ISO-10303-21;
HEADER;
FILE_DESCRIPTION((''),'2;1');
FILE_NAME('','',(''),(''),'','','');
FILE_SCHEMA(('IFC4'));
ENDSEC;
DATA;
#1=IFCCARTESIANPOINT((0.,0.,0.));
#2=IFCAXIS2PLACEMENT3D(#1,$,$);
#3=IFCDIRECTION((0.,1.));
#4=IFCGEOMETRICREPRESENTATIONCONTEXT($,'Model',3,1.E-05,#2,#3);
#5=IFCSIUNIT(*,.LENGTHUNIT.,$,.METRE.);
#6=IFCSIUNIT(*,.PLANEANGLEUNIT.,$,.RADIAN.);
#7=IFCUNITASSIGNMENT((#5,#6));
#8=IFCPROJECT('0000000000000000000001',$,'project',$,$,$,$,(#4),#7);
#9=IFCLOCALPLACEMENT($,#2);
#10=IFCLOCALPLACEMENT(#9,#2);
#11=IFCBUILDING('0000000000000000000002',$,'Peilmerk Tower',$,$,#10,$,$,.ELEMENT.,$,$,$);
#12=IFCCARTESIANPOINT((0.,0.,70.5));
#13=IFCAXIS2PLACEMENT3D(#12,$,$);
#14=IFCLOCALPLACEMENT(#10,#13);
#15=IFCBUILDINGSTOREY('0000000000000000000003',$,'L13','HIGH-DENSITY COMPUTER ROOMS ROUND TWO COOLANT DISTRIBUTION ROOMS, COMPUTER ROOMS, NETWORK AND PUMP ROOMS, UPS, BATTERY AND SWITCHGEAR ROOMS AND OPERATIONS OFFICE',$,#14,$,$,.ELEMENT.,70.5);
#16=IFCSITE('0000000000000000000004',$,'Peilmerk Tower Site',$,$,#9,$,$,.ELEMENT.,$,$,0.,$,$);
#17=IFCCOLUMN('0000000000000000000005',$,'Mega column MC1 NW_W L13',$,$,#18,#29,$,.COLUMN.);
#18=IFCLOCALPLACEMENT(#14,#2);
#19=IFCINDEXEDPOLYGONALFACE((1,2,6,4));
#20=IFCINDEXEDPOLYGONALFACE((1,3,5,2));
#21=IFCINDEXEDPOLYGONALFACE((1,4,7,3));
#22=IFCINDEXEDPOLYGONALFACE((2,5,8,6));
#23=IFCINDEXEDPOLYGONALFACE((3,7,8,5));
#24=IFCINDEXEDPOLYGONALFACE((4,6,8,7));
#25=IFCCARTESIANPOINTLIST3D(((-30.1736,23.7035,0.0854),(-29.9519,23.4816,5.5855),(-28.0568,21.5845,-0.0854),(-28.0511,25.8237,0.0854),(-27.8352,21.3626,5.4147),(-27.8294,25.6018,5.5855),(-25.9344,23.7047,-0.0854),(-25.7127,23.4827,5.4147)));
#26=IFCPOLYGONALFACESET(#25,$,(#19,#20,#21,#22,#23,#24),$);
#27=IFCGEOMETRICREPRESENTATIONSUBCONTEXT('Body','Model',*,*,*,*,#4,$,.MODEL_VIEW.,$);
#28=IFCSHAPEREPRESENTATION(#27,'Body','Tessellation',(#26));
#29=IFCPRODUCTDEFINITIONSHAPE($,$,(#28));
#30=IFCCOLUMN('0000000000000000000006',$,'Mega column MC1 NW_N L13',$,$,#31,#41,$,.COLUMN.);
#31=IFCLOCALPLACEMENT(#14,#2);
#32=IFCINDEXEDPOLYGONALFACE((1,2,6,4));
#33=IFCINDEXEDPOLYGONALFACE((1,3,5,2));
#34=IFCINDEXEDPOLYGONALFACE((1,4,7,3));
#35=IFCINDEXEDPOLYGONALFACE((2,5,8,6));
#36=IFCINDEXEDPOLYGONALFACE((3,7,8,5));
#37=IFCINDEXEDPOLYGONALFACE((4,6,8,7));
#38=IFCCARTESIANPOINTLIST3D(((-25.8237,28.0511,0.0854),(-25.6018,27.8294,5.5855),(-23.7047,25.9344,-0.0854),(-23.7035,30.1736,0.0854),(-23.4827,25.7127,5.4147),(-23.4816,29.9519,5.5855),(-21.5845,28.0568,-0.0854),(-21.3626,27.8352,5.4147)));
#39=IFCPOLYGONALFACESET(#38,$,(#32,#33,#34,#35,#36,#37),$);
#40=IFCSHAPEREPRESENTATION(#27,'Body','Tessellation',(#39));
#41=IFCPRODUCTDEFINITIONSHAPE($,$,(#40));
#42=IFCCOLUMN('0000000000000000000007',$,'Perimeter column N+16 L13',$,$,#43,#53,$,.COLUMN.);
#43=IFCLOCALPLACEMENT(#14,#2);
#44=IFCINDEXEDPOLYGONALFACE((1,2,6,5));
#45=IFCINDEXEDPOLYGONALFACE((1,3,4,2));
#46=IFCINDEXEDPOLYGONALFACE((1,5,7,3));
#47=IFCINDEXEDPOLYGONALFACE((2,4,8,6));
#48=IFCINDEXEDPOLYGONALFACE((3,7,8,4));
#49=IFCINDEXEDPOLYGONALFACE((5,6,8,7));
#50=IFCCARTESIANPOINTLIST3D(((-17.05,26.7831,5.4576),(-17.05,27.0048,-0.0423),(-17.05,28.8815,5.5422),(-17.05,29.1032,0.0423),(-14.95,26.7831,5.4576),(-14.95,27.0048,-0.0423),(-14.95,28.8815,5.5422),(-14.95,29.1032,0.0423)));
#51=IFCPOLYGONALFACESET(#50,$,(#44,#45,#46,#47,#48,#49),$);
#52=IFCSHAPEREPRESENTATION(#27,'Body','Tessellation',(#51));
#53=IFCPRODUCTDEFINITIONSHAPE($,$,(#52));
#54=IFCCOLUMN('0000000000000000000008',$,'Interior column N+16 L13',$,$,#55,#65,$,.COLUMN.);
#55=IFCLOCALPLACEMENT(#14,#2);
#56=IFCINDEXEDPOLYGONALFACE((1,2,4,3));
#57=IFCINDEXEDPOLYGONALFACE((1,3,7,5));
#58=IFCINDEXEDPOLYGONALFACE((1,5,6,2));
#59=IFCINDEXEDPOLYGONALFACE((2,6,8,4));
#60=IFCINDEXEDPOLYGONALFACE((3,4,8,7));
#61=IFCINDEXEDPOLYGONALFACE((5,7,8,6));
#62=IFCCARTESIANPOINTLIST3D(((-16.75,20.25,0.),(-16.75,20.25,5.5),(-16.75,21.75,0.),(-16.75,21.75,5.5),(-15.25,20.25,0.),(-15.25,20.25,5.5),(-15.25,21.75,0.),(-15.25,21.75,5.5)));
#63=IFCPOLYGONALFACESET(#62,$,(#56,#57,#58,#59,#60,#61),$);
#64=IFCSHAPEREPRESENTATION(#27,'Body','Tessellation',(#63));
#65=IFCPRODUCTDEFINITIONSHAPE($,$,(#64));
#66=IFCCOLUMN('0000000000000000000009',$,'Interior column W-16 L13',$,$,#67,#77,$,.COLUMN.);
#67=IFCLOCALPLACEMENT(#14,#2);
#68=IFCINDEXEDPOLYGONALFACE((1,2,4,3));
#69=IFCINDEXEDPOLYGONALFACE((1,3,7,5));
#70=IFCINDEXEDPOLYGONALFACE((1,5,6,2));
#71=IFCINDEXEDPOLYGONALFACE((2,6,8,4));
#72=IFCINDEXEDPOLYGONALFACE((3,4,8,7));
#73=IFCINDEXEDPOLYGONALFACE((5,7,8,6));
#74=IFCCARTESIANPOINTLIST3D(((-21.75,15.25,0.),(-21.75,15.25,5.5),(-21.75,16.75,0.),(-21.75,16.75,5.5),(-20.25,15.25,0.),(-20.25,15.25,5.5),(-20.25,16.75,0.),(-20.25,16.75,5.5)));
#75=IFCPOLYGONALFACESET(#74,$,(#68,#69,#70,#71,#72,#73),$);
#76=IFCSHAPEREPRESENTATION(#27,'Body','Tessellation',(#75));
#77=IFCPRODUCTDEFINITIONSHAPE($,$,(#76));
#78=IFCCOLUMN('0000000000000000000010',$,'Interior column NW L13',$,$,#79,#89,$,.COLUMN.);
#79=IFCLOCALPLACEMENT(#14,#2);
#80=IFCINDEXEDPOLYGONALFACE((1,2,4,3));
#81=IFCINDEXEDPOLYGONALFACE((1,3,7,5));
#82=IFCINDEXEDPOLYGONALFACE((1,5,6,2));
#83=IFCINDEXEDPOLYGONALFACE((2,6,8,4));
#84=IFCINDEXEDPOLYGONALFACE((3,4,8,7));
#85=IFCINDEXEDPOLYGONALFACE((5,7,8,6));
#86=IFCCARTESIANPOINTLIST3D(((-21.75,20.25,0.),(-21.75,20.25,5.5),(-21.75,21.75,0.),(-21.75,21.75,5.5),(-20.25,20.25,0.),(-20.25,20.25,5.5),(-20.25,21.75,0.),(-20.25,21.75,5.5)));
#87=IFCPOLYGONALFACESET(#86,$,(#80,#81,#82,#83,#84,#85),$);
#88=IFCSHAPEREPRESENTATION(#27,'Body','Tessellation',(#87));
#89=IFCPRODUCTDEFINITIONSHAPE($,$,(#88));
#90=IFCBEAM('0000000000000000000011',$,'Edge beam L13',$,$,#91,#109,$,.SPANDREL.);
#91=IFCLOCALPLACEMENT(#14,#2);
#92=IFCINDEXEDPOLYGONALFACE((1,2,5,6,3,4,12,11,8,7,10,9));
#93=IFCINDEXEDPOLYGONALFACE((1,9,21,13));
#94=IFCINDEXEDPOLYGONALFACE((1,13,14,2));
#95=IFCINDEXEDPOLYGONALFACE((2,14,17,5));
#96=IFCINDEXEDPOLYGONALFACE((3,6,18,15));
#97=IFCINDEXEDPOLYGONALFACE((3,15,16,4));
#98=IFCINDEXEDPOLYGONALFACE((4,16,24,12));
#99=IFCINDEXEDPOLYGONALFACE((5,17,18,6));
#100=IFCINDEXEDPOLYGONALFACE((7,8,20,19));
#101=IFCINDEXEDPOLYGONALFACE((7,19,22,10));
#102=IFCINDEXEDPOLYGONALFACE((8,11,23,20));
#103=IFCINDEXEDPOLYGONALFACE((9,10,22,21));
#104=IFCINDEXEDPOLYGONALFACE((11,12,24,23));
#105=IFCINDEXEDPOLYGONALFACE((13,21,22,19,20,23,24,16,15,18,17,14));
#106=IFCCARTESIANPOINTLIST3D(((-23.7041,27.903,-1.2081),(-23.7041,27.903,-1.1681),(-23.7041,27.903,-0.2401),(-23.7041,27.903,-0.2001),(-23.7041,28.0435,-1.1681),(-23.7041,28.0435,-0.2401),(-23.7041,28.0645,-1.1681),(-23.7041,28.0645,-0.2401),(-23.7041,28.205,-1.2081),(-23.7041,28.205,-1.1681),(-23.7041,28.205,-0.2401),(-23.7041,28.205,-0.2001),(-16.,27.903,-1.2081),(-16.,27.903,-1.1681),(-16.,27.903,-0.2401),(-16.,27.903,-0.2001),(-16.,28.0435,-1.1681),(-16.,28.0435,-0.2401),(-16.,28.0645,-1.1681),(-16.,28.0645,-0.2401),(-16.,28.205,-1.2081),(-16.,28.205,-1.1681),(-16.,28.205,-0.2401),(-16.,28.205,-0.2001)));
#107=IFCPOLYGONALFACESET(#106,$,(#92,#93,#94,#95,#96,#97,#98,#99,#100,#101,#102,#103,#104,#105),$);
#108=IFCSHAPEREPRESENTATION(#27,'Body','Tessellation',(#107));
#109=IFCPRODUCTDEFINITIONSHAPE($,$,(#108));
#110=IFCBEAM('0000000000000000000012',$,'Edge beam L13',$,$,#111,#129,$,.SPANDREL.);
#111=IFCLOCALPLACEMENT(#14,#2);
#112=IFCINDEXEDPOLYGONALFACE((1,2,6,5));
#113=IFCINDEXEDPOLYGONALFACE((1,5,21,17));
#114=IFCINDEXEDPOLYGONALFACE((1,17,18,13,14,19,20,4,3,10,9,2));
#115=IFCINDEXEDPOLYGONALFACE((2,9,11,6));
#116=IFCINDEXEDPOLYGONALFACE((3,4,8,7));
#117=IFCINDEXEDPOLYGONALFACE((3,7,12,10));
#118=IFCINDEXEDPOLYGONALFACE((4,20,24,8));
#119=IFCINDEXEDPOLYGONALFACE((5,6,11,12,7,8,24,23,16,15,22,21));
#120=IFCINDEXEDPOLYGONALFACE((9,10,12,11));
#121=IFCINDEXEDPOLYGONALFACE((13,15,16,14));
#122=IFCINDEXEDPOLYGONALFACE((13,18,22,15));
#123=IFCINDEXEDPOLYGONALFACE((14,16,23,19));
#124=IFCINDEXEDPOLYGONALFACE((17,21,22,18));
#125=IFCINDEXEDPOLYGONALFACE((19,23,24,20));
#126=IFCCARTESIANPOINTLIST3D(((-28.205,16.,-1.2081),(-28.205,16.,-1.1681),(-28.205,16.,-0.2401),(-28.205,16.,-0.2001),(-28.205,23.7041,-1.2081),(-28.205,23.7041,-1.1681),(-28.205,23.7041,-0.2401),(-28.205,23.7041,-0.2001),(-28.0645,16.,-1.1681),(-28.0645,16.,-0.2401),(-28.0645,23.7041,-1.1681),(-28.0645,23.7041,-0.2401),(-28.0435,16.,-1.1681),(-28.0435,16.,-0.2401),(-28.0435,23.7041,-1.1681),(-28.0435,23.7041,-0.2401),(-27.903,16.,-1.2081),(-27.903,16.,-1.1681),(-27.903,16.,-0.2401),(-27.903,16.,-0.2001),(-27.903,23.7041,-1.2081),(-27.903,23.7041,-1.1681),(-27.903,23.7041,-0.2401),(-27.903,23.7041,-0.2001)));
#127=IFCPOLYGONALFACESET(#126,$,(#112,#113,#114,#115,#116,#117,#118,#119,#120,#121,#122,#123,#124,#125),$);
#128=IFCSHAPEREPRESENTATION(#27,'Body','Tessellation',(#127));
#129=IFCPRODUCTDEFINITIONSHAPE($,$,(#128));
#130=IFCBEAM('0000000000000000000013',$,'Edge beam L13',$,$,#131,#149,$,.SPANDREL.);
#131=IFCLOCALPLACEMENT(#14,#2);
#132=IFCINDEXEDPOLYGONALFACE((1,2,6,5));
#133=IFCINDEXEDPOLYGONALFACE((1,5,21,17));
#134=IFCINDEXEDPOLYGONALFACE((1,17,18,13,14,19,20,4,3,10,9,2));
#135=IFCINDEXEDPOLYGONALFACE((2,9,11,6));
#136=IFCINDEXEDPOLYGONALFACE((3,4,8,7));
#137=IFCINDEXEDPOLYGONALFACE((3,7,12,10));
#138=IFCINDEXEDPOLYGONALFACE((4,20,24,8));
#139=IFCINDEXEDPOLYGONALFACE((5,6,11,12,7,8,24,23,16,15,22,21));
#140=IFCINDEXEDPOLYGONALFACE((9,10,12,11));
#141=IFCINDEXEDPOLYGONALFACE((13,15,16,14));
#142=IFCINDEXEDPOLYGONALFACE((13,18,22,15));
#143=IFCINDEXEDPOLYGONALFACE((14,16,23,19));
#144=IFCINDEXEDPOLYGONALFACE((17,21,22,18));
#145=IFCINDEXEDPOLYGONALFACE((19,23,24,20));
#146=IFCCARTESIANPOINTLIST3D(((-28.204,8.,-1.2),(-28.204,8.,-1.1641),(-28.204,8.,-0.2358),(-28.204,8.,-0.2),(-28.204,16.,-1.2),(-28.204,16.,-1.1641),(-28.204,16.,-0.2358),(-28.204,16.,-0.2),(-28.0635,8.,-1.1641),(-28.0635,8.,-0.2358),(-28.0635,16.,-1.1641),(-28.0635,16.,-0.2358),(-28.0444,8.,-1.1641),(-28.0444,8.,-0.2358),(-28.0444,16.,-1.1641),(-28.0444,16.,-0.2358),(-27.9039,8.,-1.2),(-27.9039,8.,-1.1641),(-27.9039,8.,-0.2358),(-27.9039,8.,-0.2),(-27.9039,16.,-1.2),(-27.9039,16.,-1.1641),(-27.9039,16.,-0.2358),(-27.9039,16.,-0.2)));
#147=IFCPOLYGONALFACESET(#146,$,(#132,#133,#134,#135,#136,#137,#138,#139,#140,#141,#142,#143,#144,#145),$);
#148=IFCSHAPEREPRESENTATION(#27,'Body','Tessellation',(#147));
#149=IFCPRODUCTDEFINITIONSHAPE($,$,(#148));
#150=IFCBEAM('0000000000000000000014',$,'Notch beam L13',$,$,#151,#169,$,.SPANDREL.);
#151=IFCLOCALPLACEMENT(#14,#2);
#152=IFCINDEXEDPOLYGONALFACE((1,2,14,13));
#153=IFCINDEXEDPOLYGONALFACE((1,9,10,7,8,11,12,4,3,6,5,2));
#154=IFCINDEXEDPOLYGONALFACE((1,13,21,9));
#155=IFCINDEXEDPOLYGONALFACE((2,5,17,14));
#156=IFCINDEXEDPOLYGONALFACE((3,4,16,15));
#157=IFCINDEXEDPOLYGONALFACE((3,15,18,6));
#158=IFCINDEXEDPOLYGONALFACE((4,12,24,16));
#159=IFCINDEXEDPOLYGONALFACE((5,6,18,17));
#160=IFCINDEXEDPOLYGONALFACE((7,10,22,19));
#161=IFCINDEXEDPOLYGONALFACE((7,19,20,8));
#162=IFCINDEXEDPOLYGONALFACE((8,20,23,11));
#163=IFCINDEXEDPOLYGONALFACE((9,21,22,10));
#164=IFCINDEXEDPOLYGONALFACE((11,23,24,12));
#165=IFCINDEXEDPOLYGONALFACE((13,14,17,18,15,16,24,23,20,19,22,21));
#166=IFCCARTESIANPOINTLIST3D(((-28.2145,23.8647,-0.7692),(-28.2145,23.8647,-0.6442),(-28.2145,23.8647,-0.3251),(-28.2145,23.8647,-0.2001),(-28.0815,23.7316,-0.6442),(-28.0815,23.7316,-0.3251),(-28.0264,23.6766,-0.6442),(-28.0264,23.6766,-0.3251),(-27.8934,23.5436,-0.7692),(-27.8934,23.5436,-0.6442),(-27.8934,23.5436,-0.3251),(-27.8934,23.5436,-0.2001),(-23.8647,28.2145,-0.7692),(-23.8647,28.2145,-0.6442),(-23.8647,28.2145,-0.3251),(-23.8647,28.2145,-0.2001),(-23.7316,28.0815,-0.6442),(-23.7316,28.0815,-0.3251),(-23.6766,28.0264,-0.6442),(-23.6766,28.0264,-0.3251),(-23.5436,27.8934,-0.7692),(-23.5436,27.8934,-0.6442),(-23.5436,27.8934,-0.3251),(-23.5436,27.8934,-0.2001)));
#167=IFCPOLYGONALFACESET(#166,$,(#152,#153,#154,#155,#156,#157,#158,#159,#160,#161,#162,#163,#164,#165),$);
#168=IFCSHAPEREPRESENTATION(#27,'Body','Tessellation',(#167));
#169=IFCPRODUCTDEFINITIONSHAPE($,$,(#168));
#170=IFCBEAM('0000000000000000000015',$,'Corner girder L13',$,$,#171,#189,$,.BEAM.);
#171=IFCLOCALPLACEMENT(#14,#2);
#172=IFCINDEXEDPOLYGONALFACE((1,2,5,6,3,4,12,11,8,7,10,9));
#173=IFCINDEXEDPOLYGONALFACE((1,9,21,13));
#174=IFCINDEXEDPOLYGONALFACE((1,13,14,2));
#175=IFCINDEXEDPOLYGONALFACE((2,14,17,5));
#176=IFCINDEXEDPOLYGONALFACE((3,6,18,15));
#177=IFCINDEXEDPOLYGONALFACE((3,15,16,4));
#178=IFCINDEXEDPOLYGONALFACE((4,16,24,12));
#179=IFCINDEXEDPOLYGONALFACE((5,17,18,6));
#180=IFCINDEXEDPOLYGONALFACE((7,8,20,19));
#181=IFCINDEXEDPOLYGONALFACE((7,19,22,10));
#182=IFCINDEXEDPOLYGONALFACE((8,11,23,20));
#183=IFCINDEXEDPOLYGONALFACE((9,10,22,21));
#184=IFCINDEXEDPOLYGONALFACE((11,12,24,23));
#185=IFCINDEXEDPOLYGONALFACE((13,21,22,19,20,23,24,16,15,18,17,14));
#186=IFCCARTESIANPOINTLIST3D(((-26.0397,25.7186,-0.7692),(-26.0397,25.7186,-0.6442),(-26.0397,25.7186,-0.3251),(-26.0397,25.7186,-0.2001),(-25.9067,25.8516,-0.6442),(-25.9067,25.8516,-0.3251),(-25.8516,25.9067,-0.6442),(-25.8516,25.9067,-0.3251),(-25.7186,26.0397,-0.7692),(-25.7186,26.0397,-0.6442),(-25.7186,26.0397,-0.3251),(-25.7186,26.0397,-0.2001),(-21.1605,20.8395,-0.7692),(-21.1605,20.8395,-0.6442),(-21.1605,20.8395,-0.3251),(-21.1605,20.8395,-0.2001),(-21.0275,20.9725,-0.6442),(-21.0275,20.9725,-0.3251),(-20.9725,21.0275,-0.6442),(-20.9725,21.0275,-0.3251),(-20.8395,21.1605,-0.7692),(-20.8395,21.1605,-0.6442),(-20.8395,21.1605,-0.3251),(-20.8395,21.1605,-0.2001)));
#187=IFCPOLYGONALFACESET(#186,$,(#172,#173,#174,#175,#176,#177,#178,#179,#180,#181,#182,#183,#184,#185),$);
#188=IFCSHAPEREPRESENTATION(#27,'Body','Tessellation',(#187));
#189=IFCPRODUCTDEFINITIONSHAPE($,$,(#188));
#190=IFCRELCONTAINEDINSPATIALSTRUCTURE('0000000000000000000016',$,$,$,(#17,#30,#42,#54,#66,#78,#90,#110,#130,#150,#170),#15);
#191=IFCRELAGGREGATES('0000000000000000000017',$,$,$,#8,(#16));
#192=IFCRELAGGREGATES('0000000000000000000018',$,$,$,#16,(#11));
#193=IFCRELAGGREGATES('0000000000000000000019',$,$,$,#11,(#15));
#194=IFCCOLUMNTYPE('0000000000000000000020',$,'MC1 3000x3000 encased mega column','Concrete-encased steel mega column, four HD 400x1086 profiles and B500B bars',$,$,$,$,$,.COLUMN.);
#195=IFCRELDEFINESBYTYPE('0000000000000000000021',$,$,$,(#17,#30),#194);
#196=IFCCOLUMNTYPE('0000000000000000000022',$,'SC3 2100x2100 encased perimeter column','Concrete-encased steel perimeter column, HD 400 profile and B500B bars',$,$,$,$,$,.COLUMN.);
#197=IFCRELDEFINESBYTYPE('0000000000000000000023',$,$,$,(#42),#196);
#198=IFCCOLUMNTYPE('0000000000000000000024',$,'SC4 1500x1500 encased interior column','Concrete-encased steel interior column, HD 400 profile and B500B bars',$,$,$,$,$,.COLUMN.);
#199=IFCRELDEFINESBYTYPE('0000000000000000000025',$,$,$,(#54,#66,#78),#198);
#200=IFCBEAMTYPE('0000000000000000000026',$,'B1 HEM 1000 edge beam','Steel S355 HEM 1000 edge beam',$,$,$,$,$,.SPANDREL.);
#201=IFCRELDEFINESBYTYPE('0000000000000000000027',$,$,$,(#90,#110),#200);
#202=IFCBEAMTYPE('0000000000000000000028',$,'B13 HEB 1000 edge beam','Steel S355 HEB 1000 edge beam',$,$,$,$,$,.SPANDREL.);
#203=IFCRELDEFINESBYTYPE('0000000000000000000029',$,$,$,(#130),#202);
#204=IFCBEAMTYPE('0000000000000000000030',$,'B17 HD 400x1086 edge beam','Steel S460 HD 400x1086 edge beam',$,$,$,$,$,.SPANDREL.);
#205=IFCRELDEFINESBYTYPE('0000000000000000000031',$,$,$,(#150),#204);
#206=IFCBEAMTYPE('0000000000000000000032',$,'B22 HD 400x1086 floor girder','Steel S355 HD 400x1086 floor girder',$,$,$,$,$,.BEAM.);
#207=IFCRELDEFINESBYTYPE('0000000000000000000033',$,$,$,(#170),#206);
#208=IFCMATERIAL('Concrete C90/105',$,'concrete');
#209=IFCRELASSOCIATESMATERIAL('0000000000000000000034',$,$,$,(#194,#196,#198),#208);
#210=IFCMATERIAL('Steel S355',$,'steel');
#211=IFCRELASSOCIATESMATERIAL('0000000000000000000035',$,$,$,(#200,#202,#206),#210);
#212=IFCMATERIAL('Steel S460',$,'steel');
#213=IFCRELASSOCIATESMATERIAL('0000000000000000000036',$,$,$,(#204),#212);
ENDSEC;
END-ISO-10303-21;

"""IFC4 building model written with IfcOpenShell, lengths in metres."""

from ifc_helpers import new_model, si_unit, direction, frame, origin, origin_2d, place, context, subcontext, project, spatial, rectangle, i_section, extrude, material, material_profile, profile_set, type_object, element, save


model = new_model("IFC4")

# Units and contexts
model_context = context("Model", 3, precision=1e-05, world=origin(), true_north=direction((0.0, 1.0)))
body_context = subcontext(model_context, "Body", "Model", "MODEL_VIEW")
ifc_project = project(units=[si_unit("LENGTHUNIT", "METRE"), si_unit("PLANEANGLEUNIT", "RADIAN")], contexts=[model_context])

# Site, building, storey
site_placement = place(None, origin())
site = spatial("IfcSite", under=ifc_project, at=site_placement, Name="Peilmerk Tower Site", CompositionType="ELEMENT", RefElevation=0.0)
building_placement = place(site_placement, origin())
building = spatial("IfcBuilding", under=site, at=building_placement, Name="Peilmerk Tower", CompositionType="ELEMENT")
storey_placement = place(building_placement, frame((0.0, 0.0, 70.5)))
storey = spatial("IfcBuildingStorey", under=building, at=storey_placement, Name="L13", Description="HIGH-DENSITY COMPUTER ROOMS ROUND TWO COOLANT DISTRIBUTION ROOMS, COMPUTER ROOMS, NETWORK AND PUMP ROOMS, UPS, BATTERY AND SWITCHGEAR ROOMS AND OPERATIONS OFFICE", CompositionType="ELEMENT", Elevation=70.5)

# Columns
ifc_material_1 = material(Name="Concrete C90/105", Category="concrete")
ifc_material_profile_1 = material_profile(ifc_material_1, rectangle(XDim=3.0, YDim=3.0, at=origin_2d()), Name="RC 3000x3000")
ifc_profile_set_1 = profile_set([ifc_material_profile_1], Name="Concrete C90/105")
column_type_1 = type_object("IfcColumnType", Name="MC1 3000x3000 encased mega column", Description="Concrete-encased steel mega column, four HD 400x1086 profiles and B500B bars", PredefinedType="COLUMN", material=ifc_profile_set_1)
for number, where, z_axis, x_axis, name in (
    (1, (-28.054, 23.7041, 0.0), (0.04024, -0.040284, 0.998378), (0.707496, 0.706718, 0.0), "Mega column MC1 NW_W L13"),
    (2, (-23.7041, 28.054, 0.0), (0.040284, -0.04024, 0.998378), (0.706718, 0.707496, 0.0), "Mega column MC1 NW_N L13"),
):
    element("IfcColumn", number, at=place(storey_placement, frame(where, z_axis=z_axis, x_axis=x_axis)), inside=storey, type_object=column_type_1, Name=name, PredefinedType="COLUMN", context=body_context, shape_type="SweptSolid", body=[
        extrude(rectangle(XDim=3.0, YDim=3.0, at=origin_2d()), origin(), (0.0, 0.0, 1.0), 5.509),
    ])
ifc_material_profile_2 = material_profile(ifc_material_1, rectangle(XDim=2.1001, YDim=2.1001, at=origin_2d()), Name="RC 2100x2100")
ifc_profile_set_2 = profile_set([ifc_material_profile_2], Name="Concrete C90/105")
column_type_2 = type_object("IfcColumnType", Name="SC3 2100x2100 encased perimeter column", Description="Concrete-encased steel perimeter column, HD 400 profile and B500B bars", PredefinedType="COLUMN", material=ifc_profile_set_2)
column_placement = place(storey_placement, frame((-16.0, 28.054, 0.0), z_axis=(0.0, -0.040273, 0.999189), x_axis=(1.0, 0.0, 0.0)))
element("IfcColumn", 3, at=column_placement, inside=storey, type_object=column_type_2, Name="Perimeter column N+16 L13", PredefinedType="COLUMN", context=body_context, shape_type="SweptSolid", body=[
    extrude(rectangle(XDim=2.1001, YDim=2.1001, at=origin_2d()), origin(), (0.0, 0.0, 1.0), 5.5044),
])
ifc_material_profile_3 = material_profile(ifc_material_1, rectangle(XDim=1.5, YDim=1.5, at=origin_2d()), Name="RC 1500x1500")
ifc_profile_set_3 = profile_set([ifc_material_profile_3], Name="Concrete C90/105")
column_type_3 = type_object("IfcColumnType", Name="SC4 1500x1500 encased interior column", Description="Concrete-encased steel interior column, HD 400 profile and B500B bars", PredefinedType="COLUMN", material=ifc_profile_set_3)
for number, where, z_axis, x_axis, name in (
    (4, (-16.0, 21.0, 0.0), (0.0, 0.0, 1.0), (1.0, 0.0, 0.0), "Interior column N+16 L13"),
    (5, (-21.0, 16.0, 0.0), (0.0, 0.0, 1.0), (1.0, 0.0, 0.0), "Interior column W-16 L13"),
    (6, (-21.0, 21.0, 0.0), (0.0, 0.0, 1.0), (1.0, 0.0, 0.0), "Interior column NW L13"),
):
    element("IfcColumn", number, at=place(storey_placement, frame(where, z_axis=z_axis, x_axis=x_axis)), inside=storey, type_object=column_type_3, Name=name, PredefinedType="COLUMN", context=body_context, shape_type="SweptSolid", body=[
        extrude(rectangle(XDim=1.5, YDim=1.5, at=origin_2d()), origin(), (0.0, 0.0, 1.0), 5.5),
    ])

# Beams
ifc_material_2 = material(Name="Steel S355", Category="steel")
ifc_material_profile_4 = material_profile(ifc_material_2, i_section(OverallWidth=0.302, OverallDepth=1.0081, WebThickness=0.021, FlangeThickness=0.04, at=origin_2d()), Name="HEM 1000")
ifc_profile_set_4 = profile_set([ifc_material_profile_4], Name="Steel S355")
beam_type_1 = type_object("IfcBeamType", Name="B1 HEM 1000 edge beam", Description="Steel S355 HEM 1000 edge beam", PredefinedType="SPANDREL", material=ifc_profile_set_4)
for number, where, z_axis, x_axis, name in (
    (7, (-16.0, 28.054, -0.7041), (-1.0, 0.0, 0.0), (0.0, -1.0, 0.0), "Edge beam L13"),
    (8, (-28.054, 23.7041, -0.7041), (0.0, -1.0, 0.0), (1.0, 0.0, 0.0), "Edge beam L13"),
):
    element("IfcBeam", number, at=place(storey_placement, frame(where, z_axis=z_axis, x_axis=x_axis)), inside=storey, type_object=beam_type_1, Name=name, PredefinedType="SPANDREL", context=body_context, shape_type="SweptSolid", body=[
        extrude(i_section(OverallWidth=0.302, OverallDepth=1.0081, WebThickness=0.021, FlangeThickness=0.04, at=origin_2d()), origin(), (0.0, 0.0, 1.0), 7.7041),
    ])
ifc_material_profile_5 = material_profile(ifc_material_2, i_section(OverallWidth=0.3, OverallDepth=1.0, WebThickness=0.019, FlangeThickness=0.0359, at=origin_2d()), Name="HEB 1000")
ifc_profile_set_5 = profile_set([ifc_material_profile_5], Name="Steel S355")
beam_type_2 = type_object("IfcBeamType", Name="B13 HEB 1000 edge beam", Description="Steel S355 HEB 1000 edge beam", PredefinedType="SPANDREL", material=ifc_profile_set_5)
beam_1_placement = place(storey_placement, frame((-28.054, 16.0, -0.7), z_axis=(0.0, -1.0, 0.0), x_axis=(1.0, 0.0, 0.0)))
element("IfcBeam", 9, at=beam_1_placement, inside=storey, type_object=beam_type_2, Name="Edge beam L13", PredefinedType="SPANDREL", context=body_context, shape_type="SweptSolid", body=[
    extrude(i_section(OverallWidth=0.3, OverallDepth=1.0, WebThickness=0.019, FlangeThickness=0.0359, at=origin_2d()), origin(), (0.0, 0.0, 1.0), 8.0),
])
ifc_material_3 = material(Name="Steel S460", Category="steel")
ifc_material_profile_6 = material_profile(ifc_material_3, i_section(OverallWidth=0.4541, OverallDepth=0.5691, WebThickness=0.0779, FlangeThickness=0.125, at=origin_2d()), Name="HD 400x1086")
ifc_profile_set_6 = profile_set([ifc_material_profile_6], Name="Steel S460")
beam_type_3 = type_object("IfcBeamType", Name="B17 HD 400x1086 edge beam", Description="Steel S460 HD 400x1086 edge beam", PredefinedType="SPANDREL", material=ifc_profile_set_6)
beam_2_placement = place(storey_placement, frame((-28.054, 23.7041, -0.4846), z_axis=(0.707107, 0.707107, 0.0), x_axis=(-0.707107, 0.707107, 0.0)))
element("IfcBeam", 10, at=beam_2_placement, inside=storey, type_object=beam_type_3, Name="Notch beam L13", PredefinedType="SPANDREL", context=body_context, shape_type="SweptSolid", body=[
    extrude(i_section(OverallWidth=0.4541, OverallDepth=0.5691, WebThickness=0.0779, FlangeThickness=0.125, at=origin_2d()), origin(), (0.0, 0.0, 1.0), 6.1516),
])
ifc_material_profile_7 = material_profile(ifc_material_2, i_section(OverallWidth=0.4541, OverallDepth=0.5691, WebThickness=0.0779, FlangeThickness=0.125, at=origin_2d()), Name="HD 400x1086")
ifc_profile_set_7 = profile_set([ifc_material_profile_7], Name="Steel S355")
beam_type_4 = type_object("IfcBeamType", Name="B22 HD 400x1086 floor girder", Description="Steel S355 HD 400x1086 floor girder", PredefinedType="BEAM", material=ifc_profile_set_7)
beam_3_placement = place(storey_placement, frame((-21.0, 21.0, -0.4846), z_axis=(-0.707107, 0.707107, 0.0), x_axis=(-0.707107, -0.707107, 0.0)))
element("IfcBeam", 11, at=beam_3_placement, inside=storey, type_object=beam_type_4, Name="Corner girder L13", PredefinedType="BEAM", context=body_context, shape_type="SweptSolid", body=[
    extrude(i_section(OverallWidth=0.4541, OverallDepth=0.5691, WebThickness=0.0779, FlangeThickness=0.125, at=origin_2d()), origin(), (0.0, 0.0, 1.0), 6.9001),
])

save(model, "model.ifc")
